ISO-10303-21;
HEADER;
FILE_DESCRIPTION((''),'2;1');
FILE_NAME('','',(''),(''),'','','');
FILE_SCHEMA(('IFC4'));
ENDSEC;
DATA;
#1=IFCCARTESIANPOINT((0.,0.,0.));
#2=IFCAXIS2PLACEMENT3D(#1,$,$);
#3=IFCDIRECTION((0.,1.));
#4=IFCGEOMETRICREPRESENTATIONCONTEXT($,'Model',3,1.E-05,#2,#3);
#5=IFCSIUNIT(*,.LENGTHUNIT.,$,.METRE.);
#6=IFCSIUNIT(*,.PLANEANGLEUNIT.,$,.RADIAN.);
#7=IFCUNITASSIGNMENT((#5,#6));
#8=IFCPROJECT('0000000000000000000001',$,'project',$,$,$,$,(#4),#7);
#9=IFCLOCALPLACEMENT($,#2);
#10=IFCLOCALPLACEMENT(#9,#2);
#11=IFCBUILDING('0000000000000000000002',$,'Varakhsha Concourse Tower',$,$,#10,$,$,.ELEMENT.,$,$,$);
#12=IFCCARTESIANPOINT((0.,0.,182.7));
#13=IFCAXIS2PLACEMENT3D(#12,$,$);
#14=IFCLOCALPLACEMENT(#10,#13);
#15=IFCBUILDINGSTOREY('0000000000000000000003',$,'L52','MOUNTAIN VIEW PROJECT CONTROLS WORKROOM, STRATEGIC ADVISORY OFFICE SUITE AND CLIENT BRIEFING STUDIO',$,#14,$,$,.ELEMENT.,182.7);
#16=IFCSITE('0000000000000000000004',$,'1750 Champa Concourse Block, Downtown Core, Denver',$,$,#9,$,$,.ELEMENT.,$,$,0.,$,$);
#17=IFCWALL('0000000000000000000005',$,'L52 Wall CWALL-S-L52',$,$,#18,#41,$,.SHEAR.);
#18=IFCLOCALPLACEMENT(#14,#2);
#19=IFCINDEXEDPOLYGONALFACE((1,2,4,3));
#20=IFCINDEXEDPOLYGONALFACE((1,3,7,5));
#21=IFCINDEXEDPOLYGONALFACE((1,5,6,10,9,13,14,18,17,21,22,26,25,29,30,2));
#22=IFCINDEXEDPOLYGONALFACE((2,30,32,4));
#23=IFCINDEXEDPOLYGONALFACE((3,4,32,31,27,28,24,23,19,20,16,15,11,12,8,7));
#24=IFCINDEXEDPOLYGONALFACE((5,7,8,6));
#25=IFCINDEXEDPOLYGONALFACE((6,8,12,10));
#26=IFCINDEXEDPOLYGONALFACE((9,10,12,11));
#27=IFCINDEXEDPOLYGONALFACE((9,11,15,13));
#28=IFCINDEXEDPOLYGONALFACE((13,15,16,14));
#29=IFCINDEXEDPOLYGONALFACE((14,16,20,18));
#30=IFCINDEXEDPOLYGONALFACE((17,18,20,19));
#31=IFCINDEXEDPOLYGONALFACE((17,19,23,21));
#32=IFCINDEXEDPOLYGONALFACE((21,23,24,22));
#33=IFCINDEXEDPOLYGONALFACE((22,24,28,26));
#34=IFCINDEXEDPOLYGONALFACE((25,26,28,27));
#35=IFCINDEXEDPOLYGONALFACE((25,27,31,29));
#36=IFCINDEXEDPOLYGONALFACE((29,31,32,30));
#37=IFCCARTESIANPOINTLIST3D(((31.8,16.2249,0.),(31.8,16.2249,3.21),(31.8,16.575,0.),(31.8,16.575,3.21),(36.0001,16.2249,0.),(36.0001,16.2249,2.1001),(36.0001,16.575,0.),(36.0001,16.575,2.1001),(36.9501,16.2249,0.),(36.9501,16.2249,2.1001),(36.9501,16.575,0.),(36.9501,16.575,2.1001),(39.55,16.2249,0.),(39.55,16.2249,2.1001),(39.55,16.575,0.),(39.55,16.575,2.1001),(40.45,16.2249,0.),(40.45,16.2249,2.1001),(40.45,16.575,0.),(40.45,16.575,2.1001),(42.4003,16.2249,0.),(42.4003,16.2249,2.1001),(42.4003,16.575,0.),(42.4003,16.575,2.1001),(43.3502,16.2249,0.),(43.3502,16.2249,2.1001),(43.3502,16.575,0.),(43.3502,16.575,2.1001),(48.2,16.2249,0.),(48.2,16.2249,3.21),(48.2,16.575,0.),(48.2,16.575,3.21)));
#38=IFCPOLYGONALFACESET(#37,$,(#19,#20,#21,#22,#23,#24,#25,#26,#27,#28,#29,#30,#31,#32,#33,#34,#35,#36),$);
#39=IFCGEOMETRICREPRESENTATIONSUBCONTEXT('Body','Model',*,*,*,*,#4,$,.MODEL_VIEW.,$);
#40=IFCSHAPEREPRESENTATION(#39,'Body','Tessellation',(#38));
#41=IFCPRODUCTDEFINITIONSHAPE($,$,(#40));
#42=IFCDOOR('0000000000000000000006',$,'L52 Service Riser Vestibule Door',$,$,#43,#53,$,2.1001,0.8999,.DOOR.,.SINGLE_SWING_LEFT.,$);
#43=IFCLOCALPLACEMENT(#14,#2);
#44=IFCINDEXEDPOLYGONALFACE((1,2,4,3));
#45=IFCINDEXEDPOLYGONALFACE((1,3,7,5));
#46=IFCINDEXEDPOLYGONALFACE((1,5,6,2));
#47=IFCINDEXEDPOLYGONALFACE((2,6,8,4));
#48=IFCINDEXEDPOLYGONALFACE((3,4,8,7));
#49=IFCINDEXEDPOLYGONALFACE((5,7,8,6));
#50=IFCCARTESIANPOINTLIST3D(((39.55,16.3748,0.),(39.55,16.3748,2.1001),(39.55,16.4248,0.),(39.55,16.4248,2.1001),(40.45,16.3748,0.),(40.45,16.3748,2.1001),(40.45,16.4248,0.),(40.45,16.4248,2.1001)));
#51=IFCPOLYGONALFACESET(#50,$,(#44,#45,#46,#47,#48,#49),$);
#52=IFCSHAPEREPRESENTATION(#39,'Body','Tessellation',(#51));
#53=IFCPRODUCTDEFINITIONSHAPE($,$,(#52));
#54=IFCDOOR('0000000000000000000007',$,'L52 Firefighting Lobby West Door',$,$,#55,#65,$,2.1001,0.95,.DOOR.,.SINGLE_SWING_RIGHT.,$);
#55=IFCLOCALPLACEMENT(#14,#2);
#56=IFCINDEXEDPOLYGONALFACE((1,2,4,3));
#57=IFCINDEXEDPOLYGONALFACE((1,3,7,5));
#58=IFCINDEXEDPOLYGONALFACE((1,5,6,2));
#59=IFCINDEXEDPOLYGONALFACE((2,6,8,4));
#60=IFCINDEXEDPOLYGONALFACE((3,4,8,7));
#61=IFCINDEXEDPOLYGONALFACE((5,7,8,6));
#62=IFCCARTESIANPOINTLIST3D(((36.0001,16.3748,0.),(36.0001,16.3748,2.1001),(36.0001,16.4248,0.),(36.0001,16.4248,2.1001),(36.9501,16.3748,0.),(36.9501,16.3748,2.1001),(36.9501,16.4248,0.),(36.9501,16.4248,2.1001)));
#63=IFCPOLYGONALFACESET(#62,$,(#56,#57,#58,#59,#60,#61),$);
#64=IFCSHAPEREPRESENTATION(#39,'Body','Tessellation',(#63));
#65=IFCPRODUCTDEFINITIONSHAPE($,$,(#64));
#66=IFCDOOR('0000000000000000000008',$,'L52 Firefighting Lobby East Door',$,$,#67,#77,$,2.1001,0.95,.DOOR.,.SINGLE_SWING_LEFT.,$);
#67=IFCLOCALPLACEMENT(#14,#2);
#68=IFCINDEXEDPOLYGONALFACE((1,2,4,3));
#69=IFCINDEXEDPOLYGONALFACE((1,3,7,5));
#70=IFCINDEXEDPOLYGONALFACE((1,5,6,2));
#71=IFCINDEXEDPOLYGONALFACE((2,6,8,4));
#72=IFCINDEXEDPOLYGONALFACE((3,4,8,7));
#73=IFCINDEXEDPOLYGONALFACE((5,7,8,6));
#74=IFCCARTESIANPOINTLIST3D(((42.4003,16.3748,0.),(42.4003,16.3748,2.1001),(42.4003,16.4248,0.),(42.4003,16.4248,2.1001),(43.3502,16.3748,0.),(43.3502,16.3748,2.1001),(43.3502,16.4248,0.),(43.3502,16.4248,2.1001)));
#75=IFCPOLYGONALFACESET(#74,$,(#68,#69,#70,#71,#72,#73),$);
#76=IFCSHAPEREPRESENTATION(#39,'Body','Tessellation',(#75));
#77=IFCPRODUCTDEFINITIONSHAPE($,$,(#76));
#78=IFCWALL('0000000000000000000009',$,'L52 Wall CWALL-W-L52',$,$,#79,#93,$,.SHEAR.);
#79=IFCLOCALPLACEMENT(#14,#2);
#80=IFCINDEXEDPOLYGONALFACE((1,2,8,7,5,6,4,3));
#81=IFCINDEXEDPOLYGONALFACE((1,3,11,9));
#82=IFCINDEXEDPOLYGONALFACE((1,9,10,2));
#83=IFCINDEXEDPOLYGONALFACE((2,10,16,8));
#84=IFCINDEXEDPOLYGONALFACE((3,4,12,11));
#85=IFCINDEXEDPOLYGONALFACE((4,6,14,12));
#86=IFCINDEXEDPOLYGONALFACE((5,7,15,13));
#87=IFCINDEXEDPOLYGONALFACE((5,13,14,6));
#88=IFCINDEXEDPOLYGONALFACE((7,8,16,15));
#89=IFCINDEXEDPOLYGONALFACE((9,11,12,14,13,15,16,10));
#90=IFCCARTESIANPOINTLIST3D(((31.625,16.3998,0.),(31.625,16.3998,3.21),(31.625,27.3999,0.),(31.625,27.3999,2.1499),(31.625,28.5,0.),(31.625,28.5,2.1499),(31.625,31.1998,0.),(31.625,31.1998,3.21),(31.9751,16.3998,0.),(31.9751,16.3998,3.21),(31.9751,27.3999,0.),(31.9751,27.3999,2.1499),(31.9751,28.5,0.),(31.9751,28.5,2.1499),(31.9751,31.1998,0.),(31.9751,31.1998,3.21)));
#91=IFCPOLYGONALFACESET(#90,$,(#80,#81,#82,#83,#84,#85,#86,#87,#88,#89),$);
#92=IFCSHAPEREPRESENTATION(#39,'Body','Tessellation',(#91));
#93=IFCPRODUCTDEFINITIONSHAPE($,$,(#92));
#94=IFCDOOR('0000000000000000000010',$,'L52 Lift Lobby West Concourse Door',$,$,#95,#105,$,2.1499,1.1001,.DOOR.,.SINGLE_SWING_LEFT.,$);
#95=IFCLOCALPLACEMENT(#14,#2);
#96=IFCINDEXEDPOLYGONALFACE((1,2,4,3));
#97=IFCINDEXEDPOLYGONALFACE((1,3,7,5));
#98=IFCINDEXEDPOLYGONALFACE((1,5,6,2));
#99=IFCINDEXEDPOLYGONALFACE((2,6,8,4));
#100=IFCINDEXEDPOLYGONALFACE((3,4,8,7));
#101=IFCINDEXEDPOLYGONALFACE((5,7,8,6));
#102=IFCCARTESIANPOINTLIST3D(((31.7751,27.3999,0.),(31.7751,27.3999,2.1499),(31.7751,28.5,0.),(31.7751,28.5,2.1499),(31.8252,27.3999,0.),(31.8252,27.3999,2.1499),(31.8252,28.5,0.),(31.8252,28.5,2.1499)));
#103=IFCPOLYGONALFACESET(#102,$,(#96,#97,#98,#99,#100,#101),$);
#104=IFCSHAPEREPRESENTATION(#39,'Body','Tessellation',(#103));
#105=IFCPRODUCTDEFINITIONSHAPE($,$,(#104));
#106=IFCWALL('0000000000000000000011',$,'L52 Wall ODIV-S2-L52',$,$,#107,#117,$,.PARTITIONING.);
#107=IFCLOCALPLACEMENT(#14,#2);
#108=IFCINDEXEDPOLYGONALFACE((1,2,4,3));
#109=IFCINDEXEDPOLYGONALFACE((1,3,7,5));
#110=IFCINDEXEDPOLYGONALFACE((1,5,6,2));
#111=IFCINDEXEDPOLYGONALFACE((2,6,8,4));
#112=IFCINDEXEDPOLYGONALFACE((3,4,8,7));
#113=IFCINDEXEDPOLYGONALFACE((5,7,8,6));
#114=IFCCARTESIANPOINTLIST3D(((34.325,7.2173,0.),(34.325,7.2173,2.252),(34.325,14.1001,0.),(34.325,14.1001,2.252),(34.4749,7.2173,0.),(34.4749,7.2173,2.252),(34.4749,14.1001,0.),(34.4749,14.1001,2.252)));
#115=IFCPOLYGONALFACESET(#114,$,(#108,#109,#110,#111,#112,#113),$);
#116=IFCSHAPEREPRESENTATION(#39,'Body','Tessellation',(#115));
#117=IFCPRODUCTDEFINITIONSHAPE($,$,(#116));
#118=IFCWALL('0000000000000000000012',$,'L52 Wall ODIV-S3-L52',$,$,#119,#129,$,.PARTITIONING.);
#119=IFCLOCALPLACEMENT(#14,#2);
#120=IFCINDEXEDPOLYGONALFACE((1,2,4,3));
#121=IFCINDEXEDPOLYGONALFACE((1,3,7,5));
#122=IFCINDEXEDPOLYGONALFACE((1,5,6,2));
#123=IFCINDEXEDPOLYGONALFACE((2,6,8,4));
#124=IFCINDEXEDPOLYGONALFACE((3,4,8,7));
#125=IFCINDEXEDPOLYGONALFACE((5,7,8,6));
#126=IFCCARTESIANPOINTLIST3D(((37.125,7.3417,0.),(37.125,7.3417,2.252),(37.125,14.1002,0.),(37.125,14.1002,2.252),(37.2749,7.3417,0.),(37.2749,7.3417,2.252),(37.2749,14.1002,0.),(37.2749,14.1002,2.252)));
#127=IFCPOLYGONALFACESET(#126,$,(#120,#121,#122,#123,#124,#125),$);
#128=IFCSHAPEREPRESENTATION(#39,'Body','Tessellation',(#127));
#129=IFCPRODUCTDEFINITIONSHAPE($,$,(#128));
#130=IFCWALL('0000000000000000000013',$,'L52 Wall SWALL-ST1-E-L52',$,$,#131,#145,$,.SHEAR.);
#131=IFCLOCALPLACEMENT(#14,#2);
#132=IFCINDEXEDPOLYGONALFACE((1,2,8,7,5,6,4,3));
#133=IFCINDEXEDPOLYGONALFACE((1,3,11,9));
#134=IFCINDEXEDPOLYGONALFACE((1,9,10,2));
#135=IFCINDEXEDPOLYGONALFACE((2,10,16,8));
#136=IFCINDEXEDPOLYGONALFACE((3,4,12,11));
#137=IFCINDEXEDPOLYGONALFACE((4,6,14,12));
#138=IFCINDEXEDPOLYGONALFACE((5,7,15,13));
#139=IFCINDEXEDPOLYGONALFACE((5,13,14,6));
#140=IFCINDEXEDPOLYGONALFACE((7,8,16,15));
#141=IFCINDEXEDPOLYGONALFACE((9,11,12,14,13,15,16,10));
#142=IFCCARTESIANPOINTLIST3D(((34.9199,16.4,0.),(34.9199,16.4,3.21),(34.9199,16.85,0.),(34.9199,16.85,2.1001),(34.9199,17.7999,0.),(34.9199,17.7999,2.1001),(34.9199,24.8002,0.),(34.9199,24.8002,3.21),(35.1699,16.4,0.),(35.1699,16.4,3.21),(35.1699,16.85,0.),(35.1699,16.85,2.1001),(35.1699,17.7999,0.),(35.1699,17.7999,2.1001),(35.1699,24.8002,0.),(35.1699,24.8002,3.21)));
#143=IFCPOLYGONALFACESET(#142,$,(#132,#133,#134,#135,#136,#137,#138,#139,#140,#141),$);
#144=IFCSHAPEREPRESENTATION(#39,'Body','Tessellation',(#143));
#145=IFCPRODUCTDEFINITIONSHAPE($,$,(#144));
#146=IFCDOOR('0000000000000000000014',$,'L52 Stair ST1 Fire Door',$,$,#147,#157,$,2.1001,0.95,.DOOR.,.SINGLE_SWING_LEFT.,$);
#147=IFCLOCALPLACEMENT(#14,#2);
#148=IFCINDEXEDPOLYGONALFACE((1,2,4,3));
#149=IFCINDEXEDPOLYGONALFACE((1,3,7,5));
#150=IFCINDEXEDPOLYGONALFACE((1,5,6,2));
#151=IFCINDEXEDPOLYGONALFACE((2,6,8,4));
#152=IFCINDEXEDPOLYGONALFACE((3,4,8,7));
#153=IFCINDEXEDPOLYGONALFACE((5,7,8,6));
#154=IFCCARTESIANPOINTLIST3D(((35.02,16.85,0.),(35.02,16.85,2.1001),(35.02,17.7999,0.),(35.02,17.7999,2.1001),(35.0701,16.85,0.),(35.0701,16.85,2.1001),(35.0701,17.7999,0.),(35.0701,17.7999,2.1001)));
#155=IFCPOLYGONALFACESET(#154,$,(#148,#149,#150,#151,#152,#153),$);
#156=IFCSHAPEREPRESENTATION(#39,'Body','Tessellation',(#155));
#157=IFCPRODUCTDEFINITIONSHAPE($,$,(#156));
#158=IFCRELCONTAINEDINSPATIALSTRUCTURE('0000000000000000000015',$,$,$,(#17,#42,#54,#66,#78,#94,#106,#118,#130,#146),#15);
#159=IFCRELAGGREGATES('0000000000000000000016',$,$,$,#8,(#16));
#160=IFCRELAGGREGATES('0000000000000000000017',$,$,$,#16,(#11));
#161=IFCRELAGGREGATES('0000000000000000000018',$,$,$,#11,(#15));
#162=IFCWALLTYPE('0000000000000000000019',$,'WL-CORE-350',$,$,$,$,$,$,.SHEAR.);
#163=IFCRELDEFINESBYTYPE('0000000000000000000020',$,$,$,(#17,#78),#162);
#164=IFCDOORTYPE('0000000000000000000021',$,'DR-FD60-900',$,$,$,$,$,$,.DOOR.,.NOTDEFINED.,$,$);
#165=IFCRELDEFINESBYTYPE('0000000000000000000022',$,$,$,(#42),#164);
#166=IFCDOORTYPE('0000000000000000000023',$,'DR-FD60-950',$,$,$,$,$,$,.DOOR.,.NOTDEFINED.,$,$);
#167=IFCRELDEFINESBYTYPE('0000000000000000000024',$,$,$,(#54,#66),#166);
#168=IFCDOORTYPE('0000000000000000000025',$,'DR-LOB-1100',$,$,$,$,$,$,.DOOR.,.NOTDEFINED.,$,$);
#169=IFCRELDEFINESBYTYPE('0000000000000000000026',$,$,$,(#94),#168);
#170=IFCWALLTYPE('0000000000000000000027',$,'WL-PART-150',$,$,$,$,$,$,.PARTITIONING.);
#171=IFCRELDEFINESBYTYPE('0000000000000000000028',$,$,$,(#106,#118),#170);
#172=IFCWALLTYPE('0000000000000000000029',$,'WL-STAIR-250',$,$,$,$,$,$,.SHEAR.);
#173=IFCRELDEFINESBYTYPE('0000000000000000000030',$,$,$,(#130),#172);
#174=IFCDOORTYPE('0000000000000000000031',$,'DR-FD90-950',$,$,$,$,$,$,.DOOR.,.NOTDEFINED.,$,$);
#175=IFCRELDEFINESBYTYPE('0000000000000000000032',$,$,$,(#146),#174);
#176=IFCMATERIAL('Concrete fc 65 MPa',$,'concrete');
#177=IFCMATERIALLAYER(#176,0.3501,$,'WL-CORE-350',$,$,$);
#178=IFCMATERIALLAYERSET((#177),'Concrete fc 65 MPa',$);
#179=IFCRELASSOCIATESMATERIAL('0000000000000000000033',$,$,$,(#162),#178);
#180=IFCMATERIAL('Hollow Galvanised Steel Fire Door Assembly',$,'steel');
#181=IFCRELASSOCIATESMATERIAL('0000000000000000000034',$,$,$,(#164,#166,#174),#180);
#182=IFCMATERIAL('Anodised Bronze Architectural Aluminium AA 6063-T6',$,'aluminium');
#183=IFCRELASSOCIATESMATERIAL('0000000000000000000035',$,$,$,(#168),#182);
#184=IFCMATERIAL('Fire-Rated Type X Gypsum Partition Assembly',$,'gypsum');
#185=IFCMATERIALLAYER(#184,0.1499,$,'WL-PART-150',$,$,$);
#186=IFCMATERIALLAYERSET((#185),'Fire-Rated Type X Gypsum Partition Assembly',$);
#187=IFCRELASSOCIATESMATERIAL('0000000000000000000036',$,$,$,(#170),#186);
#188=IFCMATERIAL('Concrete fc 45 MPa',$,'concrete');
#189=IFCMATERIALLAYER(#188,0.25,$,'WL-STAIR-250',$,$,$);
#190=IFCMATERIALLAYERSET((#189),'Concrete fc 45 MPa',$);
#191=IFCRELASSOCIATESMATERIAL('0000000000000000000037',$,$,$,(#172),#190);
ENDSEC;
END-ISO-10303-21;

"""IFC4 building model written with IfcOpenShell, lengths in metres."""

from ifc_helpers import new_model, si_unit, direction, frame, frame_2d, origin, place, context, subcontext, project, spatial, rectangle, extrude, material, layer, layer_set, type_object, element, fill, save


model = new_model("IFC4")

# Units and contexts
model_context = context("Model", 3, precision=1e-05, world=origin(), true_north=direction((0.0, 1.0)))
body_context = subcontext(model_context, "Body", "Model", "MODEL_VIEW")
ifc_project = project(units=[si_unit("LENGTHUNIT", "METRE"), si_unit("PLANEANGLEUNIT", "RADIAN")], contexts=[model_context])

# Site, building, storey
site_placement = place(None, origin())
site = spatial("IfcSite", under=ifc_project, at=site_placement, Name="1750 Champa Concourse Block, Downtown Core, Denver", CompositionType="ELEMENT", RefElevation=0.0)
building_placement = place(site_placement, origin())
building = spatial("IfcBuilding", under=site, at=building_placement, Name="Varakhsha Concourse Tower", CompositionType="ELEMENT")
storey_placement = place(building_placement, frame((0.0, 0.0, 182.7)))
storey = spatial("IfcBuildingStorey", under=building, at=storey_placement, Name="L52", Description="MOUNTAIN VIEW PROJECT CONTROLS WORKROOM, STRATEGIC ADVISORY OFFICE SUITE AND CLIENT BRIEFING STUDIO", CompositionType="ELEMENT", Elevation=182.7)

# Shared definitions
ifc_material_1 = material(Name="Concrete fc 65 MPa", Category="concrete")

# Shared definitions
ifc_material_2 = material(Name="Anodised Bronze Architectural Aluminium AA 6063-T6", Category="aluminium")

# Wall, openings, doors
ifc_layer_1 = layer(ifc_material_1, 0.3501, Name="WL-CORE-350")
ifc_layer_set_1 = layer_set([ifc_layer_1], Name="Concrete fc 65 MPa")
wall_type_1 = type_object("IfcWallType", Name="WL-CORE-350", PredefinedType="SHEAR", material=ifc_layer_set_1)
wall_1_placement = place(storey_placement, frame((31.8, 16.3999, 0.0), z_axis=(0.0, 0.0, 1.0), x_axis=(1.0, 0.0, 0.0)))
wall_1 = element("IfcWall", 1, at=wall_1_placement, inside=storey, type_object=wall_type_1, Name="L52 Wall CWALL-S-L52", PredefinedType="SHEAR", context=body_context, shape_type="SweptSolid", body=[
    extrude(rectangle(XDim=16.3999, YDim=0.3501, at=frame_2d((8.2, 0.0))), origin(), (0.0, 0.0, 1.0), 3.21),
])
opening_1_placement = place(wall_1_placement, frame((7.75, 0.0, 0.0)))
opening_1 = element("IfcOpeningElement", 2, at=opening_1_placement, cuts=wall_1, PredefinedType="OPENING", context=body_context, shape_type="SweptSolid", body=[
    extrude(rectangle(XDim=0.8999, YDim=2.1001, at=frame_2d((0.45, 1.05))), frame((0.0, 0.1851, 0.0), z_axis=(0.0, -1.0, 0.0), x_axis=(1.0, 0.0, 0.0)), (0.0, 0.0, 1.0), 0.3701),
])
opening_2_placement = place(wall_1_placement, frame((4.2, 0.0, 0.0)))
opening_2 = element("IfcOpeningElement", 3, at=opening_2_placement, cuts=wall_1, PredefinedType="OPENING", context=body_context, shape_type="SweptSolid", body=[
    extrude(rectangle(XDim=0.95, YDim=2.1001, at=frame_2d((0.4751, 1.05))), frame((0.0, 0.1851, 0.0), z_axis=(0.0, -1.0, 0.0), x_axis=(1.0, 0.0, 0.0)), (0.0, 0.0, 1.0), 0.3701),
])
opening_3_placement = place(wall_1_placement, frame((10.6001, 0.0, 0.0)))
opening_3 = element("IfcOpeningElement", 4, at=opening_3_placement, cuts=wall_1, PredefinedType="OPENING", context=body_context, shape_type="SweptSolid", body=[
    extrude(rectangle(XDim=0.95, YDim=2.1001, at=frame_2d((0.4751, 1.05))), frame((0.0, 0.1851, 0.0), z_axis=(0.0, -1.0, 0.0), x_axis=(1.0, 0.0, 0.0)), (0.0, 0.0, 1.0), 0.3701),
])
ifc_material_3 = material(Name="Hollow Galvanised Steel Fire Door Assembly", Category="steel")
door_type_1 = type_object("IfcDoorType", Name="DR-FD60-900", OperationType="NOTDEFINED", PredefinedType="DOOR", material=ifc_material_3)
door_1_placement = place(opening_1_placement, origin())
door_1 = element("IfcDoor", 5, at=door_1_placement, inside=storey, type_object=door_type_1, Name="L52 Service Riser Vestibule Door", OperationType="SINGLE_SWING_LEFT", OverallHeight=2.1001, OverallWidth=0.8999, PredefinedType="DOOR", context=body_context, shape_type="SweptSolid", body=[
    extrude(rectangle(XDim=0.8999, YDim=2.1001, at=frame_2d((0.45, 1.05))), frame((0.0, 0.0249, 0.0), z_axis=(0.0, -1.0, 0.0), x_axis=(1.0, 0.0, 0.0)), (0.0, 0.0, 1.0), 0.05),
])
fill(opening_1, door_1)
door_type_2 = type_object("IfcDoorType", Name="DR-FD60-950", OperationType="NOTDEFINED", PredefinedType="DOOR", material=ifc_material_3)
door_2_placement = place(opening_2_placement, origin())
door_2 = element("IfcDoor", 6, at=door_2_placement, inside=storey, type_object=door_type_2, Name="L52 Firefighting Lobby West Door", OperationType="SINGLE_SWING_RIGHT", OverallHeight=2.1001, OverallWidth=0.95, PredefinedType="DOOR", context=body_context, shape_type="SweptSolid", body=[
    extrude(rectangle(XDim=0.95, YDim=2.1001, at=frame_2d((0.4751, 1.05))), frame((0.0, 0.0249, 0.0), z_axis=(0.0, -1.0, 0.0), x_axis=(1.0, 0.0, 0.0)), (0.0, 0.0, 1.0), 0.05),
])
fill(opening_2, door_2)
door_3_placement = place(opening_3_placement, origin())
door_3 = element("IfcDoor", 7, at=door_3_placement, inside=storey, type_object=door_type_2, Name="L52 Firefighting Lobby East Door", OperationType="SINGLE_SWING_LEFT", OverallHeight=2.1001, OverallWidth=0.95, PredefinedType="DOOR", context=body_context, shape_type="SweptSolid", body=[
    extrude(rectangle(XDim=0.95, YDim=2.1001, at=frame_2d((0.4751, 1.05))), frame((0.0, 0.0249, 0.0), z_axis=(0.0, -1.0, 0.0), x_axis=(1.0, 0.0, 0.0)), (0.0, 0.0, 1.0), 0.05),
])
fill(opening_3, door_3)

# Wall, opening, door
wall_2_placement = place(storey_placement, frame((31.8, 16.3999, 0.0), z_axis=(0.0, 0.0, 1.0), x_axis=(0.0, 1.0, 0.0)))
wall_2 = element("IfcWall", 8, at=wall_2_placement, inside=storey, type_object=wall_type_1, Name="L52 Wall CWALL-W-L52", PredefinedType="SHEAR", context=body_context, shape_type="SweptSolid", body=[
    extrude(rectangle(XDim=14.8, YDim=0.3501, at=frame_2d((7.3999, 0.0))), origin(), (0.0, 0.0, 1.0), 3.21),
])
opening_4_placement = place(wall_2_placement, frame((11.0, 0.0, 0.0)))
opening_4 = element("IfcOpeningElement", 9, at=opening_4_placement, cuts=wall_2, PredefinedType="OPENING", context=body_context, shape_type="SweptSolid", body=[
    extrude(rectangle(XDim=1.1001, YDim=2.1499, at=frame_2d((0.55, 1.075))), frame((0.0, 0.1851, 0.0), z_axis=(0.0, -1.0, 0.0), x_axis=(1.0, 0.0, 0.0)), (0.0, 0.0, 1.0), 0.3701),
])
door_type_3 = type_object("IfcDoorType", Name="DR-LOB-1100", OperationType="NOTDEFINED", PredefinedType="DOOR", material=ifc_material_2)
door_4_placement = place(opening_4_placement, origin())
door_4 = element("IfcDoor", 10, at=door_4_placement, inside=storey, type_object=door_type_3, Name="L52 Lift Lobby West Concourse Door", OperationType="SINGLE_SWING_LEFT", OverallHeight=2.1499, OverallWidth=1.1001, PredefinedType="DOOR", context=body_context, shape_type="SweptSolid", body=[
    extrude(rectangle(XDim=1.1001, YDim=2.1499, at=frame_2d((0.55, 1.075))), frame((0.0, 0.0249, 0.0), z_axis=(0.0, -1.0, 0.0), x_axis=(1.0, 0.0, 0.0)), (0.0, 0.0, 1.0), 0.05),
])
fill(opening_4, door_4)

# Walls
ifc_material_4 = material(Name="Fire-Rated Type X Gypsum Partition Assembly", Category="gypsum")
ifc_layer_2 = layer(ifc_material_4, 0.1499, Name="WL-PART-150")
ifc_layer_set_2 = layer_set([ifc_layer_2], Name="Fire-Rated Type X Gypsum Partition Assembly")
wall_type_2 = type_object("IfcWallType", Name="WL-PART-150", PredefinedType="PARTITIONING", material=ifc_layer_set_2)
wall_3_placement = place(storey_placement, frame((34.3999, 7.2173, 0.0), z_axis=(0.0, 0.0, 1.0), x_axis=(0.0, 1.0, 0.0)))
element("IfcWall", 11, at=wall_3_placement, inside=storey, type_object=wall_type_2, Name="L52 Wall ODIV-S2-L52", PredefinedType="PARTITIONING", context=body_context, shape_type="SweptSolid", body=[
    extrude(rectangle(XDim=6.8828, YDim=0.1499, at=frame_2d((3.4414, 0.0))), origin(), (0.0, 0.0, 1.0), 2.252),
])
wall_4_placement = place(storey_placement, frame((37.2, 7.3416, 0.0), z_axis=(0.0, 0.0, 1.0), x_axis=(0.0, 1.0, 0.0)))
element("IfcWall", 12, at=wall_4_placement, inside=storey, type_object=wall_type_2, Name="L52 Wall ODIV-S3-L52", PredefinedType="PARTITIONING", context=body_context, shape_type="SweptSolid", body=[
    extrude(rectangle(XDim=6.7585, YDim=0.1499, at=frame_2d((3.3794, 0.0))), origin(), (0.0, 0.0, 1.0), 2.252),
])

# Wall, opening, door
ifc_material_5 = material(Name="Concrete fc 45 MPa", Category="concrete")
ifc_layer_3 = layer(ifc_material_5, 0.25, Name="WL-STAIR-250")
ifc_layer_set_3 = layer_set([ifc_layer_3], Name="Concrete fc 45 MPa")
wall_type_3 = type_object("IfcWallType", Name="WL-STAIR-250", PredefinedType="SHEAR", material=ifc_layer_set_3)
wall_5_placement = place(storey_placement, frame((35.0449, 16.3999, 0.0), z_axis=(0.0, 0.0, 1.0), x_axis=(0.0, 1.0, 0.0)))
wall_5 = element("IfcWall", 13, at=wall_5_placement, inside=storey, type_object=wall_type_3, Name="L52 Wall SWALL-ST1-E-L52", PredefinedType="SHEAR", context=body_context, shape_type="SweptSolid", body=[
    extrude(rectangle(XDim=8.4001, YDim=0.25, at=frame_2d((4.2002, 0.0))), origin(), (0.0, 0.0, 1.0), 3.21),
])
opening_5_placement = place(wall_5_placement, frame((0.45, 0.0, 0.0)))
opening_5 = element("IfcOpeningElement", 14, at=opening_5_placement, cuts=wall_5, PredefinedType="OPENING", context=body_context, shape_type="SweptSolid", body=[
    extrude(rectangle(XDim=0.95, YDim=2.1001, at=frame_2d((0.4751, 1.05))), frame((0.0, 0.135, 0.0), z_axis=(0.0, -1.0, 0.0), x_axis=(1.0, 0.0, 0.0)), (0.0, 0.0, 1.0), 0.27),
])
door_type_4 = type_object("IfcDoorType", Name="DR-FD90-950", OperationType="NOTDEFINED", PredefinedType="DOOR", material=ifc_material_3)
door_5_placement = place(opening_5_placement, origin())
door_5 = element("IfcDoor", 15, at=door_5_placement, inside=storey, type_object=door_type_4, Name="L52 Stair ST1 Fire Door", OperationType="SINGLE_SWING_LEFT", OverallHeight=2.1001, OverallWidth=0.95, PredefinedType="DOOR", context=body_context, shape_type="SweptSolid", body=[
    extrude(rectangle(XDim=0.95, YDim=2.1001, at=frame_2d((0.4751, 1.05))), frame((0.0, 0.0249, 0.0), z_axis=(0.0, -1.0, 0.0), x_axis=(1.0, 0.0, 0.0)), (0.0, 0.0, 1.0), 0.05),
])
fill(opening_5, door_5)

save(model, "model.ifc")
